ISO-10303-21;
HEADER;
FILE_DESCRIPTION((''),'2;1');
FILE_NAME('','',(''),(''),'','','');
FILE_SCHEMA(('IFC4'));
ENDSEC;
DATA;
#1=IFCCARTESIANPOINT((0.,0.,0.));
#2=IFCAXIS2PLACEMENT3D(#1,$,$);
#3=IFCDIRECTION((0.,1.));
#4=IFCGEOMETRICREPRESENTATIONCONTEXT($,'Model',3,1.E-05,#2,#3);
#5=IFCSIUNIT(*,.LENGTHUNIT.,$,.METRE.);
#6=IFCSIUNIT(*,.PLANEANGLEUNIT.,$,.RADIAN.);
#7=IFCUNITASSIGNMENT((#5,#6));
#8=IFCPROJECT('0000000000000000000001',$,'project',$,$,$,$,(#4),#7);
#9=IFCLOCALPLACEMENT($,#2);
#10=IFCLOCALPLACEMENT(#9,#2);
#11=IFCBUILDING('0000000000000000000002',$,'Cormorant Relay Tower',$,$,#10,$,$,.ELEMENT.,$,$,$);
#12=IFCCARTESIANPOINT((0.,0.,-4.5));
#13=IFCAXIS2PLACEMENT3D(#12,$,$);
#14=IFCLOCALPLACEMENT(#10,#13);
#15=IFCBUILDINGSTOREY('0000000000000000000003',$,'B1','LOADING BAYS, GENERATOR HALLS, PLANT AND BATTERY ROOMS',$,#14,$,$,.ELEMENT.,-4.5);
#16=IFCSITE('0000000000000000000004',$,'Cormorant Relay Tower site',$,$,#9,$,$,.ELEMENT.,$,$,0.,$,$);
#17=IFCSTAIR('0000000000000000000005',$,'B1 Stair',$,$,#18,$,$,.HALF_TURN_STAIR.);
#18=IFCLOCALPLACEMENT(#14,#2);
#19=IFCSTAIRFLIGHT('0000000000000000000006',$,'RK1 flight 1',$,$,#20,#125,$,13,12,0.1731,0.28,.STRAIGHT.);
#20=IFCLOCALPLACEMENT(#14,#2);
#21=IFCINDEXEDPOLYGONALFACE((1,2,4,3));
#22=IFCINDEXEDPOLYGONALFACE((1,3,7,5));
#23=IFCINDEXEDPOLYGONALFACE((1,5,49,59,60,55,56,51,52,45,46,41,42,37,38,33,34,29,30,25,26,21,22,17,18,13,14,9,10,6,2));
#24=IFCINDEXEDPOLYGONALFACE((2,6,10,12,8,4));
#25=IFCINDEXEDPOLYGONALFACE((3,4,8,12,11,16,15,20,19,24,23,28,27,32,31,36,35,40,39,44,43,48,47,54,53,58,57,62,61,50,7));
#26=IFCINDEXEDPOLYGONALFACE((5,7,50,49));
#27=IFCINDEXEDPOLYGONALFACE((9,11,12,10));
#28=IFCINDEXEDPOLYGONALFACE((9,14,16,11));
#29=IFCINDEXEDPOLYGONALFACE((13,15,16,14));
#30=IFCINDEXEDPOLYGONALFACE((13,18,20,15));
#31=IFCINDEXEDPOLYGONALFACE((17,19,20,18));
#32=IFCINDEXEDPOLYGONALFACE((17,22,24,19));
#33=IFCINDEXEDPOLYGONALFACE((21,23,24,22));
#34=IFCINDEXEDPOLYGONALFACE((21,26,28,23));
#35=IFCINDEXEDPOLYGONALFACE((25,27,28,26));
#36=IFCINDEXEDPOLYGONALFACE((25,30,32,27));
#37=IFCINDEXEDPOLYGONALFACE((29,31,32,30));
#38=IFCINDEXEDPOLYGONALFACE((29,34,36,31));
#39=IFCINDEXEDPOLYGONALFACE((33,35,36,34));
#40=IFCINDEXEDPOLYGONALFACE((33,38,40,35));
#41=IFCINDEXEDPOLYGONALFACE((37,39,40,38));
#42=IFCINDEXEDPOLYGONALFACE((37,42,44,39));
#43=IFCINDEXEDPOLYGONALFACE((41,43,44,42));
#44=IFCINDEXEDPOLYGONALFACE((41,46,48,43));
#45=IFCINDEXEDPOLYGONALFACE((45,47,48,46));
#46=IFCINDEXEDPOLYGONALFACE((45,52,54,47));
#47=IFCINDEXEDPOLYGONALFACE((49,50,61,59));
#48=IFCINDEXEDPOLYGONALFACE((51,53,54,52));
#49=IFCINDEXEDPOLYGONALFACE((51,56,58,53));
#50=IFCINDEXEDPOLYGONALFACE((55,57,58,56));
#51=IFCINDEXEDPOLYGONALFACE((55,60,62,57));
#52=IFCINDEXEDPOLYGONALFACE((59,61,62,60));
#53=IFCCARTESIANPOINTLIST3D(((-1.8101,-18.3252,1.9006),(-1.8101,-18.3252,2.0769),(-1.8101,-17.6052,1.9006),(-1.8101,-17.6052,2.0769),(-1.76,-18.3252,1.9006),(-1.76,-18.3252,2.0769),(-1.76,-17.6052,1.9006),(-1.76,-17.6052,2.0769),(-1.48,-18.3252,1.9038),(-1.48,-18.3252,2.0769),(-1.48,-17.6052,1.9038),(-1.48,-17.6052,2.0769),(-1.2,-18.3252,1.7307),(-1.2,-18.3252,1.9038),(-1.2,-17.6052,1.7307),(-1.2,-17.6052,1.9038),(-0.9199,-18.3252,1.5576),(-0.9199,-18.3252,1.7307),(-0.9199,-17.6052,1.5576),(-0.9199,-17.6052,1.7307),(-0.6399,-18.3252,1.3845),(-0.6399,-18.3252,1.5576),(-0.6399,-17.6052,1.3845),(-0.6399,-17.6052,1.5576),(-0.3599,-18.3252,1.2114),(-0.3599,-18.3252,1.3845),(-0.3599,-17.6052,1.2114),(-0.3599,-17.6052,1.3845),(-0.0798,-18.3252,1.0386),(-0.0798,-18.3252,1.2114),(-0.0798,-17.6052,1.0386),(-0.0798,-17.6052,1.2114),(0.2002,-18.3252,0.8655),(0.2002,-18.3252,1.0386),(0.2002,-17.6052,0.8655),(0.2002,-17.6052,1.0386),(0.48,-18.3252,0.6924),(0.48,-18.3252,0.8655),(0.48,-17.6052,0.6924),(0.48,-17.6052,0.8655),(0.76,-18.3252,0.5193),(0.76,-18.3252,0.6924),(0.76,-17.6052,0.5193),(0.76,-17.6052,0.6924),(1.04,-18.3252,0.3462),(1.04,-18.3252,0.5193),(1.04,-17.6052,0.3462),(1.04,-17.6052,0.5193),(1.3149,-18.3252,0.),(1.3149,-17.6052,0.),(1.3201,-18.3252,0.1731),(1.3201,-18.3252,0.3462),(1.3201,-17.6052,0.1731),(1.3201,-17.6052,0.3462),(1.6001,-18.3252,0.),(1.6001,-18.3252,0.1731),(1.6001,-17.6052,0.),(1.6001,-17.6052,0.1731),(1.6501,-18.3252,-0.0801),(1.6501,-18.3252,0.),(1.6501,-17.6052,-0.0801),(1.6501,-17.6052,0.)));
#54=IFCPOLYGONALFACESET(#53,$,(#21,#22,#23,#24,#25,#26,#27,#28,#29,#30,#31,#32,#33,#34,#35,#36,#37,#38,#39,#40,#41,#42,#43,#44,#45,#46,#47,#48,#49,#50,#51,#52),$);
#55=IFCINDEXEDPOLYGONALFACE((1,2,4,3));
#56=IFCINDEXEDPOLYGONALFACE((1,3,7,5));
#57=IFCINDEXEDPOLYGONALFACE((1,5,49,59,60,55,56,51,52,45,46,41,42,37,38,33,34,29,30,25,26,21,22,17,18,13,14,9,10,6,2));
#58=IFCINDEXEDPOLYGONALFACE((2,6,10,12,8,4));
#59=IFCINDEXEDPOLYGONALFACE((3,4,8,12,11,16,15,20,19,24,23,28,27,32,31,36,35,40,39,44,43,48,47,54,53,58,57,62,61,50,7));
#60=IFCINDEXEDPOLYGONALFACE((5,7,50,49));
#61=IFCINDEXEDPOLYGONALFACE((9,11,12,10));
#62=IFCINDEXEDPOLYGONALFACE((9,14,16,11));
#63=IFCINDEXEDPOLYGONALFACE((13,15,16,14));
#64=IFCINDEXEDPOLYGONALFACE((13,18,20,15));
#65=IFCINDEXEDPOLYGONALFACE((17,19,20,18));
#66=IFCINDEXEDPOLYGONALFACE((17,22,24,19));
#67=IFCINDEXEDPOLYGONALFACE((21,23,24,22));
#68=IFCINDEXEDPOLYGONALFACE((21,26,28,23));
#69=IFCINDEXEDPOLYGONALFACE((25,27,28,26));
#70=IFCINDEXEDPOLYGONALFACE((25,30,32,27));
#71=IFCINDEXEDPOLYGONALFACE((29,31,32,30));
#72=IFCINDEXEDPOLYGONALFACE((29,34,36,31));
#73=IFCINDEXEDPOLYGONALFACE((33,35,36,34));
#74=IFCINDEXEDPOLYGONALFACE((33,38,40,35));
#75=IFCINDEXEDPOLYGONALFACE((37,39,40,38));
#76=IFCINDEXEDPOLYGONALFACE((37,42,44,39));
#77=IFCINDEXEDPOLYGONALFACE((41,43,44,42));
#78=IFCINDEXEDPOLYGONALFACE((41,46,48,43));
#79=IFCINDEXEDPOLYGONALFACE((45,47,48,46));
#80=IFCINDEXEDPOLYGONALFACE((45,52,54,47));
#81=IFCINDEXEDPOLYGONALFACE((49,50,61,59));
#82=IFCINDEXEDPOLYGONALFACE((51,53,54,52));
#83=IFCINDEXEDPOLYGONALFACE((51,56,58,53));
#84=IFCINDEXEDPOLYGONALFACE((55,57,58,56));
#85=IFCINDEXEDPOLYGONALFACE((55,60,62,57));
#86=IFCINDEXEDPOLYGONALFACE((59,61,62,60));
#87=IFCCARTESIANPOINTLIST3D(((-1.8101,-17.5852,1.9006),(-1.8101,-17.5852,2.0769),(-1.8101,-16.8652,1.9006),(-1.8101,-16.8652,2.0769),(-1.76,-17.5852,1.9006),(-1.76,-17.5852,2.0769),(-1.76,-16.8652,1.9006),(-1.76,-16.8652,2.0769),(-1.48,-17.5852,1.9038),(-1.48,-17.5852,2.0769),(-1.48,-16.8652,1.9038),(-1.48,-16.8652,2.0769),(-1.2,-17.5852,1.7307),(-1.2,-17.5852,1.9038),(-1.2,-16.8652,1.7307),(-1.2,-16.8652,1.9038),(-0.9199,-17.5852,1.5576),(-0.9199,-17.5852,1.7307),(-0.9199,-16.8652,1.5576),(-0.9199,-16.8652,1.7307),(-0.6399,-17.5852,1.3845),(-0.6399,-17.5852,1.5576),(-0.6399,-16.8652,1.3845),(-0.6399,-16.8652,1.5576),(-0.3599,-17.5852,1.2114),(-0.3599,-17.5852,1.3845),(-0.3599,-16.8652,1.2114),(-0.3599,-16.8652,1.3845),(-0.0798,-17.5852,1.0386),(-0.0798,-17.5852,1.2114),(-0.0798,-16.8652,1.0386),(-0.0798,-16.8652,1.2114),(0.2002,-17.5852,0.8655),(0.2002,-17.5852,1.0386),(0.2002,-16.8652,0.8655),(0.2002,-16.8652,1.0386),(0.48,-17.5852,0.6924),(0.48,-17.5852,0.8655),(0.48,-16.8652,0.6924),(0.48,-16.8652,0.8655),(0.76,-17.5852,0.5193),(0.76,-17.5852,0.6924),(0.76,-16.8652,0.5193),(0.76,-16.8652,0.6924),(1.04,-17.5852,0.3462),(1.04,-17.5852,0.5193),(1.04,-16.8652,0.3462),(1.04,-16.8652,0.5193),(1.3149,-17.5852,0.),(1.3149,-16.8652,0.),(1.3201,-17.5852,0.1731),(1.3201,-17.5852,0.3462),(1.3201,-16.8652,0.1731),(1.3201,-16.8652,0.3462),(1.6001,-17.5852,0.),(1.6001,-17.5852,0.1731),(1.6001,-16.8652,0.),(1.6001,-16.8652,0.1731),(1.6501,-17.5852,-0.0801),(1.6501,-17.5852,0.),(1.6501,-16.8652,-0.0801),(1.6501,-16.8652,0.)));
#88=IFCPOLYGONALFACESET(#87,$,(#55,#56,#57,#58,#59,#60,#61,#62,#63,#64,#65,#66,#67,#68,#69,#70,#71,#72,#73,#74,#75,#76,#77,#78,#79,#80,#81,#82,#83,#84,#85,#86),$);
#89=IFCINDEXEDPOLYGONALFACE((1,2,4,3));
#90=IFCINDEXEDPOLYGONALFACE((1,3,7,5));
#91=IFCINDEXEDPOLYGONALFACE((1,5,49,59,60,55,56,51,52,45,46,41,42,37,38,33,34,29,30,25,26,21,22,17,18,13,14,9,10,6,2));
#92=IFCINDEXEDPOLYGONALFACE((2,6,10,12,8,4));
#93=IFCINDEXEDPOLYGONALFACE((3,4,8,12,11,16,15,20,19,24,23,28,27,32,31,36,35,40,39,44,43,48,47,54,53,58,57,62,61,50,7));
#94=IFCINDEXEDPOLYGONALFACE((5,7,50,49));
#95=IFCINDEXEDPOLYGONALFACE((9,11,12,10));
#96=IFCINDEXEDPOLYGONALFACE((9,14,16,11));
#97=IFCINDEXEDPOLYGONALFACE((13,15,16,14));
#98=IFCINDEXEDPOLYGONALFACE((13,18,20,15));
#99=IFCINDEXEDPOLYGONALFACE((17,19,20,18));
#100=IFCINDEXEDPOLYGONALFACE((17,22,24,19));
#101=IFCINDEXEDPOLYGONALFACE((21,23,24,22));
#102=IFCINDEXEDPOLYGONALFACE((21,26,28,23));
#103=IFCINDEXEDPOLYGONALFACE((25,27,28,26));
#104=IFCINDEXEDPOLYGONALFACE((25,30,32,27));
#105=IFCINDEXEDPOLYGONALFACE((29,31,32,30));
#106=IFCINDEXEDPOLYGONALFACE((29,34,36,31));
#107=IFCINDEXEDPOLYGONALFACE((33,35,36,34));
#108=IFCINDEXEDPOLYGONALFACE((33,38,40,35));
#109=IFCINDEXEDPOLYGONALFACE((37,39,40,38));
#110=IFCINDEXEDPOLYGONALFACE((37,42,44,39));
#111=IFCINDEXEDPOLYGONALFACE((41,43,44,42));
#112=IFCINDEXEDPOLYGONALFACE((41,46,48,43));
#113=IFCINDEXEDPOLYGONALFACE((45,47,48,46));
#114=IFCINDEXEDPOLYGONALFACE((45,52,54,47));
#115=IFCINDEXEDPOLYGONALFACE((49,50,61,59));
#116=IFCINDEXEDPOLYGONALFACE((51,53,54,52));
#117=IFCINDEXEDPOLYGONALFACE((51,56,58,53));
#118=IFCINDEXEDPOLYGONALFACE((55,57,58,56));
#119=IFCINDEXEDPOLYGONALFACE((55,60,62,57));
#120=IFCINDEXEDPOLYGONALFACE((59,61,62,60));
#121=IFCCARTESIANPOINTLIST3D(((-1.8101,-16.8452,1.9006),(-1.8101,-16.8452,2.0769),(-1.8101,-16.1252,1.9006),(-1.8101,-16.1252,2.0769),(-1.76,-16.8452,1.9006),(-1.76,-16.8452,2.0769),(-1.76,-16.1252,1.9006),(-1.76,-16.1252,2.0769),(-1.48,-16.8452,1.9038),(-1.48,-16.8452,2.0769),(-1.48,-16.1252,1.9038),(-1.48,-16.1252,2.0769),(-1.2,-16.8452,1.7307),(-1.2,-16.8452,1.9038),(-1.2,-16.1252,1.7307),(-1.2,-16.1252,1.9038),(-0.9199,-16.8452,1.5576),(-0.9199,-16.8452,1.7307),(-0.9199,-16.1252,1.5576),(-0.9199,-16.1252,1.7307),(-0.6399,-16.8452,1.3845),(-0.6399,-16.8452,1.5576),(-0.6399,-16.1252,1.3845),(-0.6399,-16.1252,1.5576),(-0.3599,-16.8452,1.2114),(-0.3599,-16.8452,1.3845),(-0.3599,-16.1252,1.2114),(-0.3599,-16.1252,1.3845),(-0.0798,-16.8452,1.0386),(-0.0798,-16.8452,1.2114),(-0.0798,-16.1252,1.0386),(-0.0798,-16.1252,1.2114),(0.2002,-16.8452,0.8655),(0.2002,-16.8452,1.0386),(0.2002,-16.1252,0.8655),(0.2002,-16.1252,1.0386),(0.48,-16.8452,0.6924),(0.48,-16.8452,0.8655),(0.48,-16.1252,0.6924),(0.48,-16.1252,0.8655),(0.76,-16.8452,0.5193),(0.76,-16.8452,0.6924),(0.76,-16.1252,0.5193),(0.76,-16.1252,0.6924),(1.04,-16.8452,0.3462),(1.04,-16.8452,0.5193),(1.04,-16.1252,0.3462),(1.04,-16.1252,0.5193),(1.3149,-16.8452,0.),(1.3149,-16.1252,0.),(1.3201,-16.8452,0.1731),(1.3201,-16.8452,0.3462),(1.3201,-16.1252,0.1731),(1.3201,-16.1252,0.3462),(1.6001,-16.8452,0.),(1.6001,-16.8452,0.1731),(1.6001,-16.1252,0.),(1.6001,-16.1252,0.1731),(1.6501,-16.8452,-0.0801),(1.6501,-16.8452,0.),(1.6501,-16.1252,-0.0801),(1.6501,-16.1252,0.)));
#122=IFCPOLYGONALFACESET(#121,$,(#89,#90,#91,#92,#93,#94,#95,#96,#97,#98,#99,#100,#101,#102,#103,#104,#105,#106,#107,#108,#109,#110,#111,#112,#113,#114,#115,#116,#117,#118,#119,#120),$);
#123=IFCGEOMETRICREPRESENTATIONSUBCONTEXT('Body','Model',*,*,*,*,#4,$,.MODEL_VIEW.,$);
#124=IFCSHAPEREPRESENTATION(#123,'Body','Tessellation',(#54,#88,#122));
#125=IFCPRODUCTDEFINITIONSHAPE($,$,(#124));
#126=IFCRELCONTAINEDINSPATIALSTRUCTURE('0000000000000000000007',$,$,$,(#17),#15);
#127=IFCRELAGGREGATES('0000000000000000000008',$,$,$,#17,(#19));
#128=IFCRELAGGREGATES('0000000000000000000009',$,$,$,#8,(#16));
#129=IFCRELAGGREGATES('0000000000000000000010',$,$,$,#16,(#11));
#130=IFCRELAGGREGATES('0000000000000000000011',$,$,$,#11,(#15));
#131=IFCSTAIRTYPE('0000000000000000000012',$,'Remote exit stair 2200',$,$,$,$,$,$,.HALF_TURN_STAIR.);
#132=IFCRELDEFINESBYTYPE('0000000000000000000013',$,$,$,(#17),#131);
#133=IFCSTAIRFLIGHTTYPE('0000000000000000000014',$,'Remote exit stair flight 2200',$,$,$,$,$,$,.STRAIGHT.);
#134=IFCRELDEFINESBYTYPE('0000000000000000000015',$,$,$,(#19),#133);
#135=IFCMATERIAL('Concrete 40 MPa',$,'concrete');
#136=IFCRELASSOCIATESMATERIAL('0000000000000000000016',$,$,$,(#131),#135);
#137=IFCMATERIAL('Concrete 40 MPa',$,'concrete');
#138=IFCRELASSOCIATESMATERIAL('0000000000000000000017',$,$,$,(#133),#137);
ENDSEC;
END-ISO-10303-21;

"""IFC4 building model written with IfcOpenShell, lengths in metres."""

from ifc_helpers import new_model, si_unit, direction, frame, origin, place, context, subcontext, project, spatial, polyline, outline, extrude, material, type_object, element, aggregate, save


model = new_model("IFC4")

# Units and contexts
model_context = context("Model", 3, precision=1e-05, world=origin(), true_north=direction((0.0, 1.0)))
body_context = subcontext(model_context, "Body", "Model", "MODEL_VIEW")
ifc_project = project(units=[si_unit("LENGTHUNIT", "METRE"), si_unit("PLANEANGLEUNIT", "RADIAN")], contexts=[model_context])

# Site, building, storey
site_placement = place(None, origin())
site = spatial("IfcSite", under=ifc_project, at=site_placement, Name="Cormorant Relay Tower site", CompositionType="ELEMENT", RefElevation=0.0)
building_placement = place(site_placement, origin())
building = spatial("IfcBuilding", under=site, at=building_placement, Name="Cormorant Relay Tower", CompositionType="ELEMENT")
storey_placement = place(building_placement, frame((0.0, 0.0, -4.5)))
storey = spatial("IfcBuildingStorey", under=building, at=storey_placement, Name="B1", Description="LOADING BAYS, GENERATOR HALLS, PLANT AND BATTERY ROOMS", CompositionType="ELEMENT", Elevation=-4.5)

# Stair, stair flight
ifc_material_1 = material(Name="Concrete 40 MPa", Category="concrete")
stair_type = type_object("IfcStairType", Name="Remote exit stair 2200", PredefinedType="HALF_TURN_STAIR", material=ifc_material_1)
stair_placement = place(storey_placement, origin())
stair = element("IfcStair", 1, at=stair_placement, inside=storey, type_object=stair_type, Name="B1 Stair", PredefinedType="HALF_TURN_STAIR")
ifc_material_2 = material(Name="Concrete 40 MPa", Category="concrete")
stair_flight_type = type_object("IfcStairFlightType", Name="Remote exit stair flight 2200", PredefinedType="STRAIGHT", material=ifc_material_2)
stair_flight_placement = place(storey_placement, frame((1.6001, -17.2251, 0.0), z_axis=(0.0, 0.0, 1.0), x_axis=(-1.0, 0.0, 0.0)))
stair_flight = element("IfcStairFlight", 2, at=stair_flight_placement, type_object=stair_flight_type, Name="RK1 flight 1", NumberOfRisers=13, NumberOfTreads=12, PredefinedType="STRAIGHT", RiserHeight=0.1731, TreadLength=0.28, context=body_context, shape_type="SweptSolid", body=[
    extrude(outline(polyline([(-0.05, -0.0801), (-0.05, 0.0), (0.0, 0.0), (0.0, 0.1731), (0.28, 0.1731), (0.28, 0.3462), (0.5601, 0.3462), (0.5601, 0.5193), (0.8401, 0.5193), (0.8401, 0.6924), (1.1201, 0.6924), (1.1201, 0.8655), (1.3999, 0.8655), (1.3999, 1.0386), (1.6799, 1.0386), (1.6799, 1.2114), (1.96, 1.2114), (1.96, 1.3845), (2.24, 1.3845), (2.24, 1.5576), (2.52, 1.5576), (2.52, 1.7307), (2.8, 1.7307), (2.8, 1.9038), (3.0801, 1.9038), (3.0801, 2.0769), (3.3601, 2.0769), (3.4102, 2.0769), (3.4102, 1.9006), (3.3601, 1.9006), (0.2852, 0.0), (-0.05, -0.0801)])), frame((0.0, 1.1001, 0.0), z_axis=(0.0, -1.0, 0.0), x_axis=(1.0, 0.0, 0.0)), (0.0, 0.0, 1.0), 0.72),
    extrude(outline(polyline([(-0.05, -0.0801), (-0.05, 0.0), (0.0, 0.0), (0.0, 0.1731), (0.28, 0.1731), (0.28, 0.3462), (0.5601, 0.3462), (0.5601, 0.5193), (0.8401, 0.5193), (0.8401, 0.6924), (1.1201, 0.6924), (1.1201, 0.8655), (1.3999, 0.8655), (1.3999, 1.0386), (1.6799, 1.0386), (1.6799, 1.2114), (1.96, 1.2114), (1.96, 1.3845), (2.24, 1.3845), (2.24, 1.5576), (2.52, 1.5576), (2.52, 1.7307), (2.8, 1.7307), (2.8, 1.9038), (3.0801, 1.9038), (3.0801, 2.0769), (3.3601, 2.0769), (3.4102, 2.0769), (3.4102, 1.9006), (3.3601, 1.9006), (0.2852, 0.0), (-0.05, -0.0801)])), frame((0.0, 0.3601, 0.0), z_axis=(0.0, -1.0, 0.0), x_axis=(1.0, 0.0, 0.0)), (0.0, 0.0, 1.0), 0.72),
    extrude(outline(polyline([(-0.05, -0.0801), (-0.05, 0.0), (0.0, 0.0), (0.0, 0.1731), (0.28, 0.1731), (0.28, 0.3462), (0.5601, 0.3462), (0.5601, 0.5193), (0.8401, 0.5193), (0.8401, 0.6924), (1.1201, 0.6924), (1.1201, 0.8655), (1.3999, 0.8655), (1.3999, 1.0386), (1.6799, 1.0386), (1.6799, 1.2114), (1.96, 1.2114), (1.96, 1.3845), (2.24, 1.3845), (2.24, 1.5576), (2.52, 1.5576), (2.52, 1.7307), (2.8, 1.7307), (2.8, 1.9038), (3.0801, 1.9038), (3.0801, 2.0769), (3.3601, 2.0769), (3.4102, 2.0769), (3.4102, 1.9006), (3.3601, 1.9006), (0.2852, 0.0), (-0.05, -0.0801)])), frame((0.0, -0.3799, 0.0), z_axis=(0.0, -1.0, 0.0), x_axis=(1.0, 0.0, 0.0)), (0.0, 0.0, 1.0), 0.72),
])
aggregate(stair, [stair_flight])

save(model, "model.ifc")
